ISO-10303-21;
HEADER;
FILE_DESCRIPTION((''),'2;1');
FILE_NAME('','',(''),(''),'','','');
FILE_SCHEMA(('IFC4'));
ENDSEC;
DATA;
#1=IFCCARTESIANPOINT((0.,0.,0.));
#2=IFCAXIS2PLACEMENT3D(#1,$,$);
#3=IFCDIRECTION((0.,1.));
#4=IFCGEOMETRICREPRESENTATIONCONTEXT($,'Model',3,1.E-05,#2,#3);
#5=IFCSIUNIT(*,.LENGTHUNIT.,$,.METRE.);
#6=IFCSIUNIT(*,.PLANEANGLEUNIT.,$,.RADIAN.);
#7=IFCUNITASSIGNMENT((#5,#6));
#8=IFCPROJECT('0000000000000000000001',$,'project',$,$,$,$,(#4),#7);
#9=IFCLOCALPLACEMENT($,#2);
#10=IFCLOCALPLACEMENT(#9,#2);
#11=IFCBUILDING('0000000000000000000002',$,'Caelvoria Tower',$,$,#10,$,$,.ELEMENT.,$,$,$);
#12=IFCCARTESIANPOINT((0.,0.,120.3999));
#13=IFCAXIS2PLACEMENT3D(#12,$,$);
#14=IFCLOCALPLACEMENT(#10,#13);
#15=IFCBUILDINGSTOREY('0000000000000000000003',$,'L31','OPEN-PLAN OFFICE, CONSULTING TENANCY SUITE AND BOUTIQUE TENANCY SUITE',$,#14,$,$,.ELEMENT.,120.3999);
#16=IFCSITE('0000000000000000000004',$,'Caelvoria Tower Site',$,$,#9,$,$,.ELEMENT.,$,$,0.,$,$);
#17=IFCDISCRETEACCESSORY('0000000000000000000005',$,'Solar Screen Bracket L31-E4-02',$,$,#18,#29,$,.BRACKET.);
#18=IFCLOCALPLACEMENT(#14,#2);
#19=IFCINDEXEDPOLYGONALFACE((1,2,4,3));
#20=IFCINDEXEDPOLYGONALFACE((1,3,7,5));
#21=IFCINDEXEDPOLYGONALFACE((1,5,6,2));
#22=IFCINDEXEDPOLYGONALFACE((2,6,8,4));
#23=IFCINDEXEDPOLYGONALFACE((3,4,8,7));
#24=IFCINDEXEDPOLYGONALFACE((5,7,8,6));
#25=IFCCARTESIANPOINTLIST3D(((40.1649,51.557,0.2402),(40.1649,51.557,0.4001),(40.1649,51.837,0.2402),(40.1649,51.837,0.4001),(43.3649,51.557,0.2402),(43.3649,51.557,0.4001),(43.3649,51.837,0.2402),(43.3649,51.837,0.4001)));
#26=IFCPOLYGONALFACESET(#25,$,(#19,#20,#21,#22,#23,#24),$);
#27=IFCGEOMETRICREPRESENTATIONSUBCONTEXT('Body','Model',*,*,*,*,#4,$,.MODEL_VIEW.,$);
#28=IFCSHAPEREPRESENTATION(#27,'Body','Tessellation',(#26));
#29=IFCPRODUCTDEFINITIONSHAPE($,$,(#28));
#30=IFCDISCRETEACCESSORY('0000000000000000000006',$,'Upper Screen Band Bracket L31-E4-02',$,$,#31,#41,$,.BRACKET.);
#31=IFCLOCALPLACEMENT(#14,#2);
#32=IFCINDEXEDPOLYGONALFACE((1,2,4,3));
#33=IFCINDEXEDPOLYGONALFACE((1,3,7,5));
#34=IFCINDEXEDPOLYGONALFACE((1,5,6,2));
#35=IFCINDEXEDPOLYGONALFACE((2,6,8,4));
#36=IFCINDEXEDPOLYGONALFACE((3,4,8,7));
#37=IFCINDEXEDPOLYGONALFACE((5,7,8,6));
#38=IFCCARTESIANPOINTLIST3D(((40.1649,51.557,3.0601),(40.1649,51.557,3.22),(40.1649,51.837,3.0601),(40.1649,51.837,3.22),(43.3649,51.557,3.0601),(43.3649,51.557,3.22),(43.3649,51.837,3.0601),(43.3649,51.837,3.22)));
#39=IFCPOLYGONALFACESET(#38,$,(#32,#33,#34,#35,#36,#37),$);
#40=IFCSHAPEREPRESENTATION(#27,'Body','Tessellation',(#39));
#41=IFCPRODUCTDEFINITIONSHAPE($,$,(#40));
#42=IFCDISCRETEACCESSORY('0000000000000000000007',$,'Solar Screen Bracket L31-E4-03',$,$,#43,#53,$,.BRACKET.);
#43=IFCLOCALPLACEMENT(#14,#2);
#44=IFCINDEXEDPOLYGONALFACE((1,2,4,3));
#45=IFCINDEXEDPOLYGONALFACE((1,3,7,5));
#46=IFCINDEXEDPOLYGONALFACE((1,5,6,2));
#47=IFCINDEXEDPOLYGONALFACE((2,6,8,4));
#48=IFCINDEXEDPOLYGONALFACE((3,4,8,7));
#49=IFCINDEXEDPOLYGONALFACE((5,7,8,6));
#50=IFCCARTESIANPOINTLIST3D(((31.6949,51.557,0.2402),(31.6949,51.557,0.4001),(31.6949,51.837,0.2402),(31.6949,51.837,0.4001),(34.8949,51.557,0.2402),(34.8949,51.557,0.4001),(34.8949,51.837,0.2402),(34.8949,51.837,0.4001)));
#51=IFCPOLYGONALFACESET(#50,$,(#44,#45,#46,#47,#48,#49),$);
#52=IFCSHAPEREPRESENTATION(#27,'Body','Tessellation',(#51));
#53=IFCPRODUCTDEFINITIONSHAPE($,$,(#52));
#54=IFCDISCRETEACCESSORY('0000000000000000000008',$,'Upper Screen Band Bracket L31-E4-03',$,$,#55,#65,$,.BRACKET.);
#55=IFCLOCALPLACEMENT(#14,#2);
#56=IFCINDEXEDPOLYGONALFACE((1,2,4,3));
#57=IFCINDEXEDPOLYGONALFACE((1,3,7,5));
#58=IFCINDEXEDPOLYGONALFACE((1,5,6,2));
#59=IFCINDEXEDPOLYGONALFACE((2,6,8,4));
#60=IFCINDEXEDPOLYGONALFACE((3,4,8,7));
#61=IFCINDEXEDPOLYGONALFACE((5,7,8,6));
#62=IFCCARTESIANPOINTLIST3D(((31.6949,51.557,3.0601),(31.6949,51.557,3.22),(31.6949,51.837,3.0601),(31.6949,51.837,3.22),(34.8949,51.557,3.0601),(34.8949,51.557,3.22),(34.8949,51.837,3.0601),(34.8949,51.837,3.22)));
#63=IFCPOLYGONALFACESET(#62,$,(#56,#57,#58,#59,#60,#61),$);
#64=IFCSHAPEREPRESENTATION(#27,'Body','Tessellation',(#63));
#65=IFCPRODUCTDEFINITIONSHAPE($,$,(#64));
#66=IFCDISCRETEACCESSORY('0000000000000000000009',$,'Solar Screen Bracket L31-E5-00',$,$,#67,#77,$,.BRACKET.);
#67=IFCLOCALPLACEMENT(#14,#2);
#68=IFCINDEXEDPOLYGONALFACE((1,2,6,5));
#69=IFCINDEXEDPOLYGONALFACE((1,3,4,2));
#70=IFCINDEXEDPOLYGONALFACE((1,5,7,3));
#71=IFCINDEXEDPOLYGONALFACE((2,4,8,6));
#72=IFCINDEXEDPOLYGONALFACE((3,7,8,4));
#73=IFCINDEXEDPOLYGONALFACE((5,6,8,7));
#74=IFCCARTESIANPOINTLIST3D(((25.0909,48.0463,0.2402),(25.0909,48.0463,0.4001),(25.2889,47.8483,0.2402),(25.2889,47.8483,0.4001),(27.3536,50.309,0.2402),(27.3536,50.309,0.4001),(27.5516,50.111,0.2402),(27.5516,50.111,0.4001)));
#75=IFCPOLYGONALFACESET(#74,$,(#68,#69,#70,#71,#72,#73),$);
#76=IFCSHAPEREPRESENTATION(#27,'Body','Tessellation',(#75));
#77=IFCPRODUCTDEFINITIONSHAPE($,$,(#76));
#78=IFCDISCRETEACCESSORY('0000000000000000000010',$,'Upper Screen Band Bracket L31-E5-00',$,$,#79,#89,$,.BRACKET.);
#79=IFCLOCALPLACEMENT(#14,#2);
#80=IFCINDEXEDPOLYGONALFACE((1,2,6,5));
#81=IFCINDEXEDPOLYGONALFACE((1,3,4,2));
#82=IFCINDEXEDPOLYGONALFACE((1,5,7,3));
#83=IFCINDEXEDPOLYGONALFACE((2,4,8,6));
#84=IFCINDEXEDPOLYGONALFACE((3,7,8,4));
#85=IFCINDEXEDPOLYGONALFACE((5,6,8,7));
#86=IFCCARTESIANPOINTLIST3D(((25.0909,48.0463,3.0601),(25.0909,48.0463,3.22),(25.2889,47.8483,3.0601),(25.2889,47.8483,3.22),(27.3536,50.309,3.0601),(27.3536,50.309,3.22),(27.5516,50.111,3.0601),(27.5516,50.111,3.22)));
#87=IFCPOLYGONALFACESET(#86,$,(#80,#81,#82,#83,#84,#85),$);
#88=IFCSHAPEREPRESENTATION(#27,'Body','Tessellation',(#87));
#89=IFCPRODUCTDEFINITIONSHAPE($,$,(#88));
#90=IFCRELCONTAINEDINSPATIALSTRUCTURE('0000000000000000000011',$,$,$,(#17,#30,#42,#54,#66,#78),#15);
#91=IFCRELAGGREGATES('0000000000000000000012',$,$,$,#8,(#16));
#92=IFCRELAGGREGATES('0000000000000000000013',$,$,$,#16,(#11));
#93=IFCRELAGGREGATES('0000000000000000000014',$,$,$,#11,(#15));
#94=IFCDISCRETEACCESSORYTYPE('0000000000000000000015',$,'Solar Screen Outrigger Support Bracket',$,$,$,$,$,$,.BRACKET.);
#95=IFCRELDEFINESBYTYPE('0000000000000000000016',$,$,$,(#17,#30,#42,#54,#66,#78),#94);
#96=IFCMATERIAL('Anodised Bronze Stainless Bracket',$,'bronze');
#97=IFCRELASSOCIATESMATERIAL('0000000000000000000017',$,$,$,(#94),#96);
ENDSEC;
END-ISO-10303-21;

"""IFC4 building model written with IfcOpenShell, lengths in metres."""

from ifc_helpers import new_model, si_unit, direction, frame, origin, origin_2d, place, context, subcontext, project, spatial, rectangle, extrude, material, type_object, element, save


model = new_model("IFC4")

# Units and contexts
model_context = context("Model", 3, precision=1e-05, world=origin(), true_north=direction((0.0, 1.0)))
body_context = subcontext(model_context, "Body", "Model", "MODEL_VIEW")
ifc_project = project(units=[si_unit("LENGTHUNIT", "METRE"), si_unit("PLANEANGLEUNIT", "RADIAN")], contexts=[model_context])

# Site, building, storey
site_placement = place(None, origin())
site = spatial("IfcSite", under=ifc_project, at=site_placement, Name="Caelvoria Tower Site", CompositionType="ELEMENT", RefElevation=0.0)
building_placement = place(site_placement, origin())
building = spatial("IfcBuilding", under=site, at=building_placement, Name="Caelvoria Tower", CompositionType="ELEMENT")
storey_placement = place(building_placement, frame((0.0, 0.0, 120.3999)))
storey = spatial("IfcBuildingStorey", under=building, at=storey_placement, Name="L31", Description="OPEN-PLAN OFFICE, CONSULTING TENANCY SUITE AND BOUTIQUE TENANCY SUITE", CompositionType="ELEMENT", Elevation=120.3999)

# Discrete accessories
ifc_material_1 = material(Name="Anodised Bronze Stainless Bracket", Category="bronze")
discrete_accessory_type = type_object("IfcDiscreteAccessoryType", Name="Solar Screen Outrigger Support Bracket", PredefinedType="BRACKET", material=ifc_material_1)
for number, where, z_axis, x_axis, name in (
    (1, (41.7649, 51.697, 0.2402), (0.0, 0.0, 1.0), (-1.0, 0.0, 0.0), "Solar Screen Bracket L31-E4-02"),
    (2, (41.7649, 51.697, 3.0601), (0.0, 0.0, 1.0), (-1.0, 0.0, 0.0), "Upper Screen Band Bracket L31-E4-02"),
    (3, (33.2949, 51.697, 0.2402), (0.0, 0.0, 1.0), (-1.0, 0.0, 0.0), "Solar Screen Bracket L31-E4-03"),
    (4, (33.2949, 51.697, 3.0601), (0.0, 0.0, 1.0), (-1.0, 0.0, 0.0), "Upper Screen Band Bracket L31-E4-03"),
    (5, (26.3213, 49.0786, 0.2402), (0.0, 0.0, 1.0), (-0.707107, -0.707107, 0.0), "Solar Screen Bracket L31-E5-00"),
    (6, (26.3213, 49.0786, 3.0601), (0.0, 0.0, 1.0), (-0.707107, -0.707107, 0.0), "Upper Screen Band Bracket L31-E5-00"),
):
    element("IfcDiscreteAccessory", number, at=place(storey_placement, frame(where, z_axis=z_axis, x_axis=x_axis)), inside=storey, type_object=discrete_accessory_type, Name=name, PredefinedType="BRACKET", context=body_context, shape_type="SweptSolid", body=[
        extrude(rectangle(XDim=3.2, YDim=0.28, at=origin_2d()), origin(), (0.0, 0.0, 1.0), 0.1599),
    ])

save(model, "model.ifc")
